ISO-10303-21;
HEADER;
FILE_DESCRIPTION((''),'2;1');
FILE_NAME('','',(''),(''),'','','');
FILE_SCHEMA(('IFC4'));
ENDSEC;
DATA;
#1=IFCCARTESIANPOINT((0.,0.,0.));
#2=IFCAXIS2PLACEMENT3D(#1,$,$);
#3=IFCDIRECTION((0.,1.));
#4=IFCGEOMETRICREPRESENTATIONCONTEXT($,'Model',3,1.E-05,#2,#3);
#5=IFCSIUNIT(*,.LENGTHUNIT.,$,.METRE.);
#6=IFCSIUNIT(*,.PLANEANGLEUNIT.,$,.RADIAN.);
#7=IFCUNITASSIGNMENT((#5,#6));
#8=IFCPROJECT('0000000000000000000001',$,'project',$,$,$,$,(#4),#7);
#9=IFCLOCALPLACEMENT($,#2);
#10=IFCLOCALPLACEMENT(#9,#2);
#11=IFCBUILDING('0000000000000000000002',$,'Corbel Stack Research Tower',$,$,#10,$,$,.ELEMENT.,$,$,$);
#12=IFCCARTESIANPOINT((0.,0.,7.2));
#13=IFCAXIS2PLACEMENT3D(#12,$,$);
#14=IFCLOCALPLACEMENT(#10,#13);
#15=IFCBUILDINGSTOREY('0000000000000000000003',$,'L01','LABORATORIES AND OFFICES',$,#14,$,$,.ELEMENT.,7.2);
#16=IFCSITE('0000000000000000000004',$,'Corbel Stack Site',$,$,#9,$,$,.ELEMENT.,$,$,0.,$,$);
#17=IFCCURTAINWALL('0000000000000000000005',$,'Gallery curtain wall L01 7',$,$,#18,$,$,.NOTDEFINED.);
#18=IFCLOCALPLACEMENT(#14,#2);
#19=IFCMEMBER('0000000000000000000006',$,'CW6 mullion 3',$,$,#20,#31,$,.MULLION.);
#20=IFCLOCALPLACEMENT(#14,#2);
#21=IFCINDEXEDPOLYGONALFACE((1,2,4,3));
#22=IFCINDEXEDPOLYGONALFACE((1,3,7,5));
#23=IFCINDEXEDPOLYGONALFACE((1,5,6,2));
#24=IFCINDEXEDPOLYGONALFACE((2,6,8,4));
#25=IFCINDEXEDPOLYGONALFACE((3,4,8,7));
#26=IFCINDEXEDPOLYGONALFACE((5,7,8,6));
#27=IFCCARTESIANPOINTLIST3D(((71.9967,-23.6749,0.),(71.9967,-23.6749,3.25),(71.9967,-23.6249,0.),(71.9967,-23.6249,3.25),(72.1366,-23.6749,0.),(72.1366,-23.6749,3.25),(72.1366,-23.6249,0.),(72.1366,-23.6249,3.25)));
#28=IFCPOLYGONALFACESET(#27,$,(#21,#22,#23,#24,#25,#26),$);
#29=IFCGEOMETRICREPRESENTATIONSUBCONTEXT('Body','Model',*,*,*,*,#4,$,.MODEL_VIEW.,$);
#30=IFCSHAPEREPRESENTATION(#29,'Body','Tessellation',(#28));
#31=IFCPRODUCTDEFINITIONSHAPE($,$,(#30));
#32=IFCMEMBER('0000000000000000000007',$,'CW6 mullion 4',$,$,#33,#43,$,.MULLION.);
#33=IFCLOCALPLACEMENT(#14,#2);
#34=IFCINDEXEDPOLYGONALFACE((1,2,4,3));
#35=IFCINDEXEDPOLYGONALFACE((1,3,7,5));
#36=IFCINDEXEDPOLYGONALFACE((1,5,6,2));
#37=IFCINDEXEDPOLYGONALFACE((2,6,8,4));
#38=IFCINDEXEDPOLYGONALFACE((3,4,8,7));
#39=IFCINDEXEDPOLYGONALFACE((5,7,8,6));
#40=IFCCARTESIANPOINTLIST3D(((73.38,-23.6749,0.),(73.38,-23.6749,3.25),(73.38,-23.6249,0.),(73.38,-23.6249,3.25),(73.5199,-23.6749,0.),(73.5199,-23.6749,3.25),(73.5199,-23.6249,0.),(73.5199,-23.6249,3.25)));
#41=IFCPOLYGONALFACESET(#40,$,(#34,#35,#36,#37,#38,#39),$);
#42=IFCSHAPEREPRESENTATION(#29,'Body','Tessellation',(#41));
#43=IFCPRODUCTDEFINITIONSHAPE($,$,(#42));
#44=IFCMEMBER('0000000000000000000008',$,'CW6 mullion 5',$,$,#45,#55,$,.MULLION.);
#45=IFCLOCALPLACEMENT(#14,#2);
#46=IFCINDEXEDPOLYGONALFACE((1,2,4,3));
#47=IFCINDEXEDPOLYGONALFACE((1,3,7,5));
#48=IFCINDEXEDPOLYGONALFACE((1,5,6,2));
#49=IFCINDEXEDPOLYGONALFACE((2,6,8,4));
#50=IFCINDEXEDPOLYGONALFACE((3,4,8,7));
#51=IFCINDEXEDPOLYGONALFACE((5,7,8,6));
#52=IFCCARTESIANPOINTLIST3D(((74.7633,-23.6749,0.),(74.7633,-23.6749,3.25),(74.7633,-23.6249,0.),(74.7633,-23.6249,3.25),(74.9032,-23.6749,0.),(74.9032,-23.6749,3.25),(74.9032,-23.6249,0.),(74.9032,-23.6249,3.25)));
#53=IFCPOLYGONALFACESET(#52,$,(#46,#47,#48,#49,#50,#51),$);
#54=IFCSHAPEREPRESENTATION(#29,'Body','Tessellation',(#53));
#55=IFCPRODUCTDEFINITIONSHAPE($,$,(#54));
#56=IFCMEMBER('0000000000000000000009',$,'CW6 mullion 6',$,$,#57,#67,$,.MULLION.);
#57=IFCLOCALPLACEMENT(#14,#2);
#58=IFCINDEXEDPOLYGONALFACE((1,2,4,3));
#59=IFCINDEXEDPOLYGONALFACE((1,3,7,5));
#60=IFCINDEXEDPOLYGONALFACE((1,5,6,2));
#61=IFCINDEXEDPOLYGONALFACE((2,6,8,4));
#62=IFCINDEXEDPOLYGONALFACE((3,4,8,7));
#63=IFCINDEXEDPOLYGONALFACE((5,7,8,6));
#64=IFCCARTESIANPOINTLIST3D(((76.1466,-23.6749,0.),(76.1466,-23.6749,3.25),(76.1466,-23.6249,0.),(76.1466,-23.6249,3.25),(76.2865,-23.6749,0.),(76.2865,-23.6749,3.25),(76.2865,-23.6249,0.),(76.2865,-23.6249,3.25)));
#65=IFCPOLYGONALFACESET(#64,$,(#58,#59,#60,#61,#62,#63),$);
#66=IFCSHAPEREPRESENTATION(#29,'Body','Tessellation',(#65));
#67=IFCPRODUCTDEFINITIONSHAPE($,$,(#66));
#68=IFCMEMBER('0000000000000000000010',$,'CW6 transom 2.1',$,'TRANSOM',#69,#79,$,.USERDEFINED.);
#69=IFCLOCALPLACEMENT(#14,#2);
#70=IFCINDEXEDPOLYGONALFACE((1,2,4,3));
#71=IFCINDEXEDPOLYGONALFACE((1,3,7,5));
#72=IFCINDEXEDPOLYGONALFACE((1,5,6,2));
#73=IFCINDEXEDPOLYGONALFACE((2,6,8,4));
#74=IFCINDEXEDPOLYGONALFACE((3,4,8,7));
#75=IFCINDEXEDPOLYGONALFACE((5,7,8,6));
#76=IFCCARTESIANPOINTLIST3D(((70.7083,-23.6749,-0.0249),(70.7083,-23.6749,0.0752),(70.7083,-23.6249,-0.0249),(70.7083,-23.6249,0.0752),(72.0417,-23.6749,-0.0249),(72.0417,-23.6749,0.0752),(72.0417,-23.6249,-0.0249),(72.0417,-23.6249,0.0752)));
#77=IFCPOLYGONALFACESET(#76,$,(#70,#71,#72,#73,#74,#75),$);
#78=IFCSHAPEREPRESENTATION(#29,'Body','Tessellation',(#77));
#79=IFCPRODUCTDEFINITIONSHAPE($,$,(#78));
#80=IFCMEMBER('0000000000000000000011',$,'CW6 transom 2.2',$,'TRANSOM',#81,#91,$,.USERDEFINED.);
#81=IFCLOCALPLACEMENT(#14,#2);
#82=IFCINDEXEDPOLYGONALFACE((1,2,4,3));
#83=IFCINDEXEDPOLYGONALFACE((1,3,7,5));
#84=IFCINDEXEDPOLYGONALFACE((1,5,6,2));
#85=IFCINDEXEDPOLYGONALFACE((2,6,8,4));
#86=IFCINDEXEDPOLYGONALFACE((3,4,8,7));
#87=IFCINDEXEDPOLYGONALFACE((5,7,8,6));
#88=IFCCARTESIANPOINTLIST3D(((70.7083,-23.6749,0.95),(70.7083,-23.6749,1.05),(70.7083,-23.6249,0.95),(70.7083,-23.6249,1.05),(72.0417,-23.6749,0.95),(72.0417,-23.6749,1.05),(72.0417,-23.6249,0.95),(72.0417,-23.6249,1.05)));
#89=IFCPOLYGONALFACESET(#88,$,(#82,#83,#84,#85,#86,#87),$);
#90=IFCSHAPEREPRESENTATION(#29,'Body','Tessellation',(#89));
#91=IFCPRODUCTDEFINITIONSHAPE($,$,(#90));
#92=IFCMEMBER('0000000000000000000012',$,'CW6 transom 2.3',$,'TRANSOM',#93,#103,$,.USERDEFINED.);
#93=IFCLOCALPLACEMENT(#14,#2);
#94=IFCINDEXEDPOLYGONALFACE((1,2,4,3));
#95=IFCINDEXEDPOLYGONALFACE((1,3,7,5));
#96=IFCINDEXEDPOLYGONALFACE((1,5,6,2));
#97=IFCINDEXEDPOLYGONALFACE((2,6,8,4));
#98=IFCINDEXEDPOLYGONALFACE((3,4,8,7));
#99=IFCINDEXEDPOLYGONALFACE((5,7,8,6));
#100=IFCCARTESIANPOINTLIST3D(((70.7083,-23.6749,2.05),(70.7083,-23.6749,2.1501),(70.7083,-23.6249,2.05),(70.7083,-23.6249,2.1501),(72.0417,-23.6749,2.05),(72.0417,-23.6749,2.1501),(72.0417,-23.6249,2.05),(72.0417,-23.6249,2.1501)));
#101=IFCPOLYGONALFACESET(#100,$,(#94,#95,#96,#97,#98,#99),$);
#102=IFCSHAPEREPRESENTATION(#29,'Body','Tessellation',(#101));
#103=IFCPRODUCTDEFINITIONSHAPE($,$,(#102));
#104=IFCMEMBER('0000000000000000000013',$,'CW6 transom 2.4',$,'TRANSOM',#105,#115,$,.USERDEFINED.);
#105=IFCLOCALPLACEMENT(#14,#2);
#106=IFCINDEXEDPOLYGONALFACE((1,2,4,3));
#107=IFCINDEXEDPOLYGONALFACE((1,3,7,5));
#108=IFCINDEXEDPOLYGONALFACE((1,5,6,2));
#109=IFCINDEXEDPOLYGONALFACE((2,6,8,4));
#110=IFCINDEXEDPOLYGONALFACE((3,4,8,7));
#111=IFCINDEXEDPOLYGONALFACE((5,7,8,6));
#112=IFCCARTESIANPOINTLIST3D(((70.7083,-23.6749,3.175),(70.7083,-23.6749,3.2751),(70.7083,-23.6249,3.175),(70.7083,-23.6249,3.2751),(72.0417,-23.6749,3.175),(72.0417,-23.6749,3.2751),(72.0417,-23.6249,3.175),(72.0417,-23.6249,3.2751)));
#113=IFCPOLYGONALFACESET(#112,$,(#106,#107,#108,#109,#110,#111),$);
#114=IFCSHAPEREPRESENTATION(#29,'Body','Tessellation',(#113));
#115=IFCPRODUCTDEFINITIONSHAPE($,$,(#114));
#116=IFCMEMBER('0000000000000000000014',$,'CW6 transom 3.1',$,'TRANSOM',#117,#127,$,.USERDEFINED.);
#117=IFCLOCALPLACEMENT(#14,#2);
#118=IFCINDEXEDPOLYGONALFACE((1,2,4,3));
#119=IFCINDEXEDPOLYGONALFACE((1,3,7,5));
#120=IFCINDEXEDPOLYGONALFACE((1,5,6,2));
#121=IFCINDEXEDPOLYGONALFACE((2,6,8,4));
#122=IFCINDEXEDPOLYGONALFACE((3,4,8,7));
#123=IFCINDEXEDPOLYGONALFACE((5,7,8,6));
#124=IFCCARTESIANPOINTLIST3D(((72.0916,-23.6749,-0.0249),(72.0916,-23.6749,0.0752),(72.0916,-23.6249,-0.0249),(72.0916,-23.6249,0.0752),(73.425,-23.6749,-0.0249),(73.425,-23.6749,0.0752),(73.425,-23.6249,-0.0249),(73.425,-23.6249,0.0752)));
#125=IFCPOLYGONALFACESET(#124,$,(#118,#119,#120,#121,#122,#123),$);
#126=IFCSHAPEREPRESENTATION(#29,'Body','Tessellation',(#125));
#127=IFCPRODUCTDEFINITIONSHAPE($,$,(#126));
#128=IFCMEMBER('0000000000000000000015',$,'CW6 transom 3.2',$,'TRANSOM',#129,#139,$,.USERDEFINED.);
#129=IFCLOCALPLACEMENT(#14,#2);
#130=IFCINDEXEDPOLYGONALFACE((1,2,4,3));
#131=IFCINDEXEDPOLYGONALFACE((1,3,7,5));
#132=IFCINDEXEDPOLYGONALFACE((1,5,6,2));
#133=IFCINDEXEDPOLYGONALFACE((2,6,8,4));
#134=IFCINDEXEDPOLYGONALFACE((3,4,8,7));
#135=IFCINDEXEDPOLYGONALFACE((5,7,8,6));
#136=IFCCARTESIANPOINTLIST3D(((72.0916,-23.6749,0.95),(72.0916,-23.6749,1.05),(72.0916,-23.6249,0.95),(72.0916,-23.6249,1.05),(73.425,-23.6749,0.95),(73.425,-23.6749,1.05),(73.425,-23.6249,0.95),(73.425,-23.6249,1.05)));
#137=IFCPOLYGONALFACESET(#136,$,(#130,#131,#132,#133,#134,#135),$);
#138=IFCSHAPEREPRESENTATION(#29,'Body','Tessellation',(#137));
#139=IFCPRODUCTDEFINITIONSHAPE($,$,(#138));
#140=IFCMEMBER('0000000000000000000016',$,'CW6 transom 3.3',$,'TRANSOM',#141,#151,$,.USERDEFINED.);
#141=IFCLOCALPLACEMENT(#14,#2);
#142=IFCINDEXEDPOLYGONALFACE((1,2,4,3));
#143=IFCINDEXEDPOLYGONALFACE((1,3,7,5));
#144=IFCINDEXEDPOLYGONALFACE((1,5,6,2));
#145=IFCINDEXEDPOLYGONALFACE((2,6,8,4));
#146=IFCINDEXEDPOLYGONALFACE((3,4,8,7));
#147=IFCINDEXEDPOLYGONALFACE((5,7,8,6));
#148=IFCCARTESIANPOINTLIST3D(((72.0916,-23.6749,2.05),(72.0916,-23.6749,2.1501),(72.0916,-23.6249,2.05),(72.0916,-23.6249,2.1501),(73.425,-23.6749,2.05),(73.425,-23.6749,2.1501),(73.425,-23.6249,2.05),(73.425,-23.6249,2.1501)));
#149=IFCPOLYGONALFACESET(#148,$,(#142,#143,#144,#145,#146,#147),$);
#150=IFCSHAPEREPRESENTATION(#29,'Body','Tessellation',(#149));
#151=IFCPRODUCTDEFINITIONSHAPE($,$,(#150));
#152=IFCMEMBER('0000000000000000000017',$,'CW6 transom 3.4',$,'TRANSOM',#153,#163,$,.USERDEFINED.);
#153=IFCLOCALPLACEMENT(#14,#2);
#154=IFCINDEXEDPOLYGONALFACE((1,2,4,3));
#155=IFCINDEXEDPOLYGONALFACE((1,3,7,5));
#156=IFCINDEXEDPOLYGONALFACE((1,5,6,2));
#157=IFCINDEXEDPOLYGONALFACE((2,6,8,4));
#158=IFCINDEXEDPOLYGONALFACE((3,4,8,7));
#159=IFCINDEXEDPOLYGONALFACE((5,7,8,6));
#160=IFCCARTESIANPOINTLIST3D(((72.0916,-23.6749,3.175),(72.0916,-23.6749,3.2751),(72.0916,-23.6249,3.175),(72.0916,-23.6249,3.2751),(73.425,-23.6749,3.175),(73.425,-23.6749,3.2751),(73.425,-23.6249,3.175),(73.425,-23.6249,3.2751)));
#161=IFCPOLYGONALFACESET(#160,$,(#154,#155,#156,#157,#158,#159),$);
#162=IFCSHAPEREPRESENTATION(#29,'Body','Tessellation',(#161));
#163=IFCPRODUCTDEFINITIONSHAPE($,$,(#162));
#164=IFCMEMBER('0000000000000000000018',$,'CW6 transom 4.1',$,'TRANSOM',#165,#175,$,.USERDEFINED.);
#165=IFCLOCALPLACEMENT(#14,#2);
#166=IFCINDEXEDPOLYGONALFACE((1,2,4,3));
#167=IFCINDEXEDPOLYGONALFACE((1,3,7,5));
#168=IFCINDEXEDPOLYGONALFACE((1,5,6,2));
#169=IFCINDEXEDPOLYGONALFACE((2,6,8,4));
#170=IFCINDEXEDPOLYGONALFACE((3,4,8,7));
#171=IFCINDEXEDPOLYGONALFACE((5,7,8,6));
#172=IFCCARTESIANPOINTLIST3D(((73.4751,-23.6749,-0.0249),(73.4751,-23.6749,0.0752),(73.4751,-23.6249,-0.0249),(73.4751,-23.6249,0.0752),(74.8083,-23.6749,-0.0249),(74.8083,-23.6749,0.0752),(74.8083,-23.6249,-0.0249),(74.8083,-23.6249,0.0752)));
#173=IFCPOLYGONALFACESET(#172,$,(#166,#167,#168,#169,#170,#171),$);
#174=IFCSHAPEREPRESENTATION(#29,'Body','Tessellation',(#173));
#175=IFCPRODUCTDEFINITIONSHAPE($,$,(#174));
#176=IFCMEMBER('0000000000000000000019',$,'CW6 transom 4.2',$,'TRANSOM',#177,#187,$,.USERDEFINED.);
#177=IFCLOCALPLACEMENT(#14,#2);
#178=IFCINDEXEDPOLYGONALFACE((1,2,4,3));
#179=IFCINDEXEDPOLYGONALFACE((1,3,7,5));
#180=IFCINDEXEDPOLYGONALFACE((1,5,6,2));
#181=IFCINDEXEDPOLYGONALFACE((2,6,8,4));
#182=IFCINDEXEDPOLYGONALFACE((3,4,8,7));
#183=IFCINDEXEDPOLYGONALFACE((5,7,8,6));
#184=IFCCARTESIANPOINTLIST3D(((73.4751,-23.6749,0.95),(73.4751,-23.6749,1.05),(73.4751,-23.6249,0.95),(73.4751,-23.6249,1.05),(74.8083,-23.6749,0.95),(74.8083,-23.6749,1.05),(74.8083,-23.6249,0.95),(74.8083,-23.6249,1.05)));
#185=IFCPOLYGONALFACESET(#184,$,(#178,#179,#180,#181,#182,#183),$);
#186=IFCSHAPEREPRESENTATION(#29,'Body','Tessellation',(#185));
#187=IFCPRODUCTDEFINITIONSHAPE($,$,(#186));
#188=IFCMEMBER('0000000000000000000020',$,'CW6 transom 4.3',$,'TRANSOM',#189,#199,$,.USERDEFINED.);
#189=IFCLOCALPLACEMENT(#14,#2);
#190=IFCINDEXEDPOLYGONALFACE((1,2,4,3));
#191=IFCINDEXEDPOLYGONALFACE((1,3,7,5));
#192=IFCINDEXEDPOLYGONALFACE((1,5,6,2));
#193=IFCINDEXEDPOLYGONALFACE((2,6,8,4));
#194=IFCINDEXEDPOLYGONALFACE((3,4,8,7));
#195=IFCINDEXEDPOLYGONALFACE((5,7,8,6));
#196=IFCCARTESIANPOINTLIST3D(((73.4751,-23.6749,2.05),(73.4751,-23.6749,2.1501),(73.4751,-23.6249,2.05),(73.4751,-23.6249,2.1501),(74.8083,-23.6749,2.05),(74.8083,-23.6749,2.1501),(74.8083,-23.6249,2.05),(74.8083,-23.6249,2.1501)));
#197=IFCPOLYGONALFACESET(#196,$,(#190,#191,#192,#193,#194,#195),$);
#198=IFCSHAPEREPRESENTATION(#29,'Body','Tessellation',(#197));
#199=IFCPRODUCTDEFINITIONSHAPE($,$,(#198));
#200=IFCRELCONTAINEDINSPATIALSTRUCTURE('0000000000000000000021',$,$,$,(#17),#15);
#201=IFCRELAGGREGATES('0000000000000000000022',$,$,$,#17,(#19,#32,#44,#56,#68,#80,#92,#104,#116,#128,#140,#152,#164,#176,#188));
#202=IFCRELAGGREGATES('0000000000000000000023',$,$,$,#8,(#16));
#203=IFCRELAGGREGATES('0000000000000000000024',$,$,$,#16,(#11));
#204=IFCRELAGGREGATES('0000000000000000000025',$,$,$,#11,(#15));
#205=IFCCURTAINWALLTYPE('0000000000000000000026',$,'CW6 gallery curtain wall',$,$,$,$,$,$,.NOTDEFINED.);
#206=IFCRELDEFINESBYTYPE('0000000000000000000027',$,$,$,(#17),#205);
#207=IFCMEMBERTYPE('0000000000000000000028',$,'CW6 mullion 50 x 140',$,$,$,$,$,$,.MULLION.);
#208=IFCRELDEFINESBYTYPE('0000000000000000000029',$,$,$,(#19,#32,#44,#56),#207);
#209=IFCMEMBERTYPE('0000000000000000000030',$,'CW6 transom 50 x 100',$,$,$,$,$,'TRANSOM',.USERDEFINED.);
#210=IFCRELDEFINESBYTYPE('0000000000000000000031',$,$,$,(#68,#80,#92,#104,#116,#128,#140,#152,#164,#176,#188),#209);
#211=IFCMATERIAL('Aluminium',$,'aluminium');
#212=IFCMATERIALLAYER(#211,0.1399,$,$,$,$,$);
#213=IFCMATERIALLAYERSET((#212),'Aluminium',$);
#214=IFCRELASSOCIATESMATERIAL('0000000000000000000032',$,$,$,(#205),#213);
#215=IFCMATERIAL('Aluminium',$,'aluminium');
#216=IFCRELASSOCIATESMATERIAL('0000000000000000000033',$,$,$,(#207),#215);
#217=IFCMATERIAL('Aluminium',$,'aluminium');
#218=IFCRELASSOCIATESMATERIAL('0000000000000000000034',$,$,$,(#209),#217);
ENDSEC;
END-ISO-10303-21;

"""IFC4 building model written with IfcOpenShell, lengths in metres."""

from ifc_helpers import new_model, si_unit, direction, frame, origin, origin_2d, place, context, subcontext, project, spatial, rectangle, extrude, material, layer, layer_set, material_profile, profile_set, type_object, element, aggregate, save


model = new_model("IFC4")

# Units and contexts
model_context = context("Model", 3, precision=1e-05, world=origin(), true_north=direction((0.0, 1.0)))
body_context = subcontext(model_context, "Body", "Model", "MODEL_VIEW")
ifc_project = project(units=[si_unit("LENGTHUNIT", "METRE"), si_unit("PLANEANGLEUNIT", "RADIAN")], contexts=[model_context])

# Site, building, storey
site_placement = place(None, origin())
site = spatial("IfcSite", under=ifc_project, at=site_placement, Name="Corbel Stack Site", CompositionType="ELEMENT", RefElevation=0.0)
building_placement = place(site_placement, origin())
building = spatial("IfcBuilding", under=site, at=building_placement, Name="Corbel Stack Research Tower", CompositionType="ELEMENT")
storey_placement = place(building_placement, frame((0.0, 0.0, 7.2)))
storey = spatial("IfcBuildingStorey", under=building, at=storey_placement, Name="L01", Description="LABORATORIES AND OFFICES", CompositionType="ELEMENT", Elevation=7.2)

# Curtain wall, members
ifc_material_1 = material(Name="Aluminium", Category="aluminium")
ifc_layer_1 = layer(ifc_material_1, 0.1399)
ifc_layer_set_1 = layer_set([ifc_layer_1], Name="Aluminium")
curtain_wall_type = type_object("IfcCurtainWallType", Name="CW6 gallery curtain wall", PredefinedType="NOTDEFINED", material=ifc_layer_set_1)
curtain_wall_placement = place(storey_placement, origin())
curtain_wall = element("IfcCurtainWall", 1, at=curtain_wall_placement, inside=storey, type_object=curtain_wall_type, Name="Gallery curtain wall L01 7", PredefinedType="NOTDEFINED")
ifc_material_2 = material(Name="Aluminium", Category="aluminium")
ifc_material_profile_1 = material_profile(ifc_material_2, rectangle(XDim=0.05, YDim=0.1399, at=origin_2d()), Name="Mullion 50 x 140")
ifc_profile_set_1 = profile_set([ifc_material_profile_1], Name="Aluminium")
member_type_1 = type_object("IfcMemberType", Name="CW6 mullion 50 x 140", PredefinedType="MULLION", material=ifc_profile_set_1)
member_1_placement = place(storey_placement, frame((72.0667, -23.6499, 0.0), z_axis=(0.0, 0.0, 1.0), x_axis=(0.0, 1.0, 0.0)))
member_1 = element("IfcMember", 2, at=member_1_placement, type_object=member_type_1, Name="CW6 mullion 3", PredefinedType="MULLION", context=body_context, shape_type="SweptSolid", body=[
    extrude(rectangle(XDim=0.05, YDim=0.1399, at=origin_2d()), origin(), (0.0, 0.0, 1.0), 3.25),
])
member_2_placement = place(storey_placement, frame((73.45, -23.6499, 0.0), z_axis=(0.0, 0.0, 1.0), x_axis=(0.0, 1.0, 0.0)))
member_2 = element("IfcMember", 3, at=member_2_placement, type_object=member_type_1, Name="CW6 mullion 4", PredefinedType="MULLION", context=body_context, shape_type="SweptSolid", body=[
    extrude(rectangle(XDim=0.05, YDim=0.1399, at=origin_2d()), origin(), (0.0, 0.0, 1.0), 3.25),
])
member_3_placement = place(storey_placement, frame((74.8333, -23.6499, 0.0), z_axis=(0.0, 0.0, 1.0), x_axis=(0.0, 1.0, 0.0)))
member_3 = element("IfcMember", 4, at=member_3_placement, type_object=member_type_1, Name="CW6 mullion 5", PredefinedType="MULLION", context=body_context, shape_type="SweptSolid", body=[
    extrude(rectangle(XDim=0.05, YDim=0.1399, at=origin_2d()), origin(), (0.0, 0.0, 1.0), 3.25),
])
member_4_placement = place(storey_placement, frame((76.2166, -23.6499, 0.0), z_axis=(0.0, 0.0, 1.0), x_axis=(0.0, 1.0, 0.0)))
member_4 = element("IfcMember", 5, at=member_4_placement, type_object=member_type_1, Name="CW6 mullion 6", PredefinedType="MULLION", context=body_context, shape_type="SweptSolid", body=[
    extrude(rectangle(XDim=0.05, YDim=0.1399, at=origin_2d()), origin(), (0.0, 0.0, 1.0), 3.25),
])
ifc_material_3 = material(Name="Aluminium", Category="aluminium")
ifc_material_profile_2 = material_profile(ifc_material_3, rectangle(XDim=0.05, YDim=0.1001, at=origin_2d()), Name="Transom 50 x 100")
ifc_profile_set_2 = profile_set([ifc_material_profile_2], Name="Aluminium")
member_type_2 = type_object("IfcMemberType", Name="CW6 transom 50 x 100", ElementType="TRANSOM", PredefinedType="USERDEFINED", material=ifc_profile_set_2)
member_5_placement = place(storey_placement, frame((70.7083, -23.6499, 0.0251), z_axis=(1.0, 0.0, 0.0), x_axis=(0.0, 1.0, 0.0)))
member_5 = element("IfcMember", 6, at=member_5_placement, type_object=member_type_2, Name="CW6 transom 2.1", ObjectType="TRANSOM", PredefinedType="USERDEFINED", context=body_context, shape_type="SweptSolid", body=[
    extrude(rectangle(XDim=0.05, YDim=0.1001, at=origin_2d()), origin(), (0.0, 0.0, 1.0), 1.3335),
])
member_6_placement = place(storey_placement, frame((70.7083, -23.6499, 1.0), z_axis=(1.0, 0.0, 0.0), x_axis=(0.0, 1.0, 0.0)))
member_6 = element("IfcMember", 7, at=member_6_placement, type_object=member_type_2, Name="CW6 transom 2.2", ObjectType="TRANSOM", PredefinedType="USERDEFINED", context=body_context, shape_type="SweptSolid", body=[
    extrude(rectangle(XDim=0.05, YDim=0.1001, at=origin_2d()), origin(), (0.0, 0.0, 1.0), 1.3335),
])
member_7_placement = place(storey_placement, frame((70.7083, -23.6499, 2.1001), z_axis=(1.0, 0.0, 0.0), x_axis=(0.0, 1.0, 0.0)))
member_7 = element("IfcMember", 8, at=member_7_placement, type_object=member_type_2, Name="CW6 transom 2.3", ObjectType="TRANSOM", PredefinedType="USERDEFINED", context=body_context, shape_type="SweptSolid", body=[
    extrude(rectangle(XDim=0.05, YDim=0.1001, at=origin_2d()), origin(), (0.0, 0.0, 1.0), 1.3335),
])
member_8_placement = place(storey_placement, frame((70.7083, -23.6499, 3.2251), z_axis=(1.0, 0.0, 0.0), x_axis=(0.0, 1.0, 0.0)))
member_8 = element("IfcMember", 9, at=member_8_placement, type_object=member_type_2, Name="CW6 transom 2.4", ObjectType="TRANSOM", PredefinedType="USERDEFINED", context=body_context, shape_type="SweptSolid", body=[
    extrude(rectangle(XDim=0.05, YDim=0.1001, at=origin_2d()), origin(), (0.0, 0.0, 1.0), 1.3335),
])
member_9_placement = place(storey_placement, frame((72.0916, -23.6499, 0.0251), z_axis=(1.0, 0.0, 0.0), x_axis=(0.0, 1.0, 0.0)))
member_9 = element("IfcMember", 10, at=member_9_placement, type_object=member_type_2, Name="CW6 transom 3.1", ObjectType="TRANSOM", PredefinedType="USERDEFINED", context=body_context, shape_type="SweptSolid", body=[
    extrude(rectangle(XDim=0.05, YDim=0.1001, at=origin_2d()), origin(), (0.0, 0.0, 1.0), 1.3335),
])
member_10_placement = place(storey_placement, frame((72.0916, -23.6499, 1.0), z_axis=(1.0, 0.0, 0.0), x_axis=(0.0, 1.0, 0.0)))
member_10 = element("IfcMember", 11, at=member_10_placement, type_object=member_type_2, Name="CW6 transom 3.2", ObjectType="TRANSOM", PredefinedType="USERDEFINED", context=body_context, shape_type="SweptSolid", body=[
    extrude(rectangle(XDim=0.05, YDim=0.1001, at=origin_2d()), origin(), (0.0, 0.0, 1.0), 1.3335),
])
member_11_placement = place(storey_placement, frame((72.0916, -23.6499, 2.1001), z_axis=(1.0, 0.0, 0.0), x_axis=(0.0, 1.0, 0.0)))
member_11 = element("IfcMember", 12, at=member_11_placement, type_object=member_type_2, Name="CW6 transom 3.3", ObjectType="TRANSOM", PredefinedType="USERDEFINED", context=body_context, shape_type="SweptSolid", body=[
    extrude(rectangle(XDim=0.05, YDim=0.1001, at=origin_2d()), origin(), (0.0, 0.0, 1.0), 1.3335),
])
member_12_placement = place(storey_placement, frame((72.0916, -23.6499, 3.2251), z_axis=(1.0, 0.0, 0.0), x_axis=(0.0, 1.0, 0.0)))
member_12 = element("IfcMember", 13, at=member_12_placement, type_object=member_type_2, Name="CW6 transom 3.4", ObjectType="TRANSOM", PredefinedType="USERDEFINED", context=body_context, shape_type="SweptSolid", body=[
    extrude(rectangle(XDim=0.05, YDim=0.1001, at=origin_2d()), origin(), (0.0, 0.0, 1.0), 1.3335),
])
member_13_placement = place(storey_placement, frame((73.4751, -23.6499, 0.0251), z_axis=(1.0, 0.0, 0.0), x_axis=(0.0, 1.0, 0.0)))
member_13 = element("IfcMember", 14, at=member_13_placement, type_object=member_type_2, Name="CW6 transom 4.1", ObjectType="TRANSOM", PredefinedType="USERDEFINED", context=body_context, shape_type="SweptSolid", body=[
    extrude(rectangle(XDim=0.05, YDim=0.1001, at=origin_2d()), origin(), (0.0, 0.0, 1.0), 1.3333),
])
member_14_placement = place(storey_placement, frame((73.4751, -23.6499, 1.0), z_axis=(1.0, 0.0, 0.0), x_axis=(0.0, 1.0, 0.0)))
member_14 = element("IfcMember", 15, at=member_14_placement, type_object=member_type_2, Name="CW6 transom 4.2", ObjectType="TRANSOM", PredefinedType="USERDEFINED", context=body_context, shape_type="SweptSolid", body=[
    extrude(rectangle(XDim=0.05, YDim=0.1001, at=origin_2d()), origin(), (0.0, 0.0, 1.0), 1.3333),
])
member_15_placement = place(storey_placement, frame((73.4751, -23.6499, 2.1001), z_axis=(1.0, 0.0, 0.0), x_axis=(0.0, 1.0, 0.0)))
member_15 = element("IfcMember", 16, at=member_15_placement, type_object=member_type_2, Name="CW6 transom 4.3", ObjectType="TRANSOM", PredefinedType="USERDEFINED", context=body_context, shape_type="SweptSolid", body=[
    extrude(rectangle(XDim=0.05, YDim=0.1001, at=origin_2d()), origin(), (0.0, 0.0, 1.0), 1.3333),
])
aggregate(curtain_wall, [member_1, member_2, member_3, member_4, member_5, member_6, member_7, member_8, member_9, member_10, member_11, member_12, member_13, member_14, member_15])

save(model, "model.ifc")
